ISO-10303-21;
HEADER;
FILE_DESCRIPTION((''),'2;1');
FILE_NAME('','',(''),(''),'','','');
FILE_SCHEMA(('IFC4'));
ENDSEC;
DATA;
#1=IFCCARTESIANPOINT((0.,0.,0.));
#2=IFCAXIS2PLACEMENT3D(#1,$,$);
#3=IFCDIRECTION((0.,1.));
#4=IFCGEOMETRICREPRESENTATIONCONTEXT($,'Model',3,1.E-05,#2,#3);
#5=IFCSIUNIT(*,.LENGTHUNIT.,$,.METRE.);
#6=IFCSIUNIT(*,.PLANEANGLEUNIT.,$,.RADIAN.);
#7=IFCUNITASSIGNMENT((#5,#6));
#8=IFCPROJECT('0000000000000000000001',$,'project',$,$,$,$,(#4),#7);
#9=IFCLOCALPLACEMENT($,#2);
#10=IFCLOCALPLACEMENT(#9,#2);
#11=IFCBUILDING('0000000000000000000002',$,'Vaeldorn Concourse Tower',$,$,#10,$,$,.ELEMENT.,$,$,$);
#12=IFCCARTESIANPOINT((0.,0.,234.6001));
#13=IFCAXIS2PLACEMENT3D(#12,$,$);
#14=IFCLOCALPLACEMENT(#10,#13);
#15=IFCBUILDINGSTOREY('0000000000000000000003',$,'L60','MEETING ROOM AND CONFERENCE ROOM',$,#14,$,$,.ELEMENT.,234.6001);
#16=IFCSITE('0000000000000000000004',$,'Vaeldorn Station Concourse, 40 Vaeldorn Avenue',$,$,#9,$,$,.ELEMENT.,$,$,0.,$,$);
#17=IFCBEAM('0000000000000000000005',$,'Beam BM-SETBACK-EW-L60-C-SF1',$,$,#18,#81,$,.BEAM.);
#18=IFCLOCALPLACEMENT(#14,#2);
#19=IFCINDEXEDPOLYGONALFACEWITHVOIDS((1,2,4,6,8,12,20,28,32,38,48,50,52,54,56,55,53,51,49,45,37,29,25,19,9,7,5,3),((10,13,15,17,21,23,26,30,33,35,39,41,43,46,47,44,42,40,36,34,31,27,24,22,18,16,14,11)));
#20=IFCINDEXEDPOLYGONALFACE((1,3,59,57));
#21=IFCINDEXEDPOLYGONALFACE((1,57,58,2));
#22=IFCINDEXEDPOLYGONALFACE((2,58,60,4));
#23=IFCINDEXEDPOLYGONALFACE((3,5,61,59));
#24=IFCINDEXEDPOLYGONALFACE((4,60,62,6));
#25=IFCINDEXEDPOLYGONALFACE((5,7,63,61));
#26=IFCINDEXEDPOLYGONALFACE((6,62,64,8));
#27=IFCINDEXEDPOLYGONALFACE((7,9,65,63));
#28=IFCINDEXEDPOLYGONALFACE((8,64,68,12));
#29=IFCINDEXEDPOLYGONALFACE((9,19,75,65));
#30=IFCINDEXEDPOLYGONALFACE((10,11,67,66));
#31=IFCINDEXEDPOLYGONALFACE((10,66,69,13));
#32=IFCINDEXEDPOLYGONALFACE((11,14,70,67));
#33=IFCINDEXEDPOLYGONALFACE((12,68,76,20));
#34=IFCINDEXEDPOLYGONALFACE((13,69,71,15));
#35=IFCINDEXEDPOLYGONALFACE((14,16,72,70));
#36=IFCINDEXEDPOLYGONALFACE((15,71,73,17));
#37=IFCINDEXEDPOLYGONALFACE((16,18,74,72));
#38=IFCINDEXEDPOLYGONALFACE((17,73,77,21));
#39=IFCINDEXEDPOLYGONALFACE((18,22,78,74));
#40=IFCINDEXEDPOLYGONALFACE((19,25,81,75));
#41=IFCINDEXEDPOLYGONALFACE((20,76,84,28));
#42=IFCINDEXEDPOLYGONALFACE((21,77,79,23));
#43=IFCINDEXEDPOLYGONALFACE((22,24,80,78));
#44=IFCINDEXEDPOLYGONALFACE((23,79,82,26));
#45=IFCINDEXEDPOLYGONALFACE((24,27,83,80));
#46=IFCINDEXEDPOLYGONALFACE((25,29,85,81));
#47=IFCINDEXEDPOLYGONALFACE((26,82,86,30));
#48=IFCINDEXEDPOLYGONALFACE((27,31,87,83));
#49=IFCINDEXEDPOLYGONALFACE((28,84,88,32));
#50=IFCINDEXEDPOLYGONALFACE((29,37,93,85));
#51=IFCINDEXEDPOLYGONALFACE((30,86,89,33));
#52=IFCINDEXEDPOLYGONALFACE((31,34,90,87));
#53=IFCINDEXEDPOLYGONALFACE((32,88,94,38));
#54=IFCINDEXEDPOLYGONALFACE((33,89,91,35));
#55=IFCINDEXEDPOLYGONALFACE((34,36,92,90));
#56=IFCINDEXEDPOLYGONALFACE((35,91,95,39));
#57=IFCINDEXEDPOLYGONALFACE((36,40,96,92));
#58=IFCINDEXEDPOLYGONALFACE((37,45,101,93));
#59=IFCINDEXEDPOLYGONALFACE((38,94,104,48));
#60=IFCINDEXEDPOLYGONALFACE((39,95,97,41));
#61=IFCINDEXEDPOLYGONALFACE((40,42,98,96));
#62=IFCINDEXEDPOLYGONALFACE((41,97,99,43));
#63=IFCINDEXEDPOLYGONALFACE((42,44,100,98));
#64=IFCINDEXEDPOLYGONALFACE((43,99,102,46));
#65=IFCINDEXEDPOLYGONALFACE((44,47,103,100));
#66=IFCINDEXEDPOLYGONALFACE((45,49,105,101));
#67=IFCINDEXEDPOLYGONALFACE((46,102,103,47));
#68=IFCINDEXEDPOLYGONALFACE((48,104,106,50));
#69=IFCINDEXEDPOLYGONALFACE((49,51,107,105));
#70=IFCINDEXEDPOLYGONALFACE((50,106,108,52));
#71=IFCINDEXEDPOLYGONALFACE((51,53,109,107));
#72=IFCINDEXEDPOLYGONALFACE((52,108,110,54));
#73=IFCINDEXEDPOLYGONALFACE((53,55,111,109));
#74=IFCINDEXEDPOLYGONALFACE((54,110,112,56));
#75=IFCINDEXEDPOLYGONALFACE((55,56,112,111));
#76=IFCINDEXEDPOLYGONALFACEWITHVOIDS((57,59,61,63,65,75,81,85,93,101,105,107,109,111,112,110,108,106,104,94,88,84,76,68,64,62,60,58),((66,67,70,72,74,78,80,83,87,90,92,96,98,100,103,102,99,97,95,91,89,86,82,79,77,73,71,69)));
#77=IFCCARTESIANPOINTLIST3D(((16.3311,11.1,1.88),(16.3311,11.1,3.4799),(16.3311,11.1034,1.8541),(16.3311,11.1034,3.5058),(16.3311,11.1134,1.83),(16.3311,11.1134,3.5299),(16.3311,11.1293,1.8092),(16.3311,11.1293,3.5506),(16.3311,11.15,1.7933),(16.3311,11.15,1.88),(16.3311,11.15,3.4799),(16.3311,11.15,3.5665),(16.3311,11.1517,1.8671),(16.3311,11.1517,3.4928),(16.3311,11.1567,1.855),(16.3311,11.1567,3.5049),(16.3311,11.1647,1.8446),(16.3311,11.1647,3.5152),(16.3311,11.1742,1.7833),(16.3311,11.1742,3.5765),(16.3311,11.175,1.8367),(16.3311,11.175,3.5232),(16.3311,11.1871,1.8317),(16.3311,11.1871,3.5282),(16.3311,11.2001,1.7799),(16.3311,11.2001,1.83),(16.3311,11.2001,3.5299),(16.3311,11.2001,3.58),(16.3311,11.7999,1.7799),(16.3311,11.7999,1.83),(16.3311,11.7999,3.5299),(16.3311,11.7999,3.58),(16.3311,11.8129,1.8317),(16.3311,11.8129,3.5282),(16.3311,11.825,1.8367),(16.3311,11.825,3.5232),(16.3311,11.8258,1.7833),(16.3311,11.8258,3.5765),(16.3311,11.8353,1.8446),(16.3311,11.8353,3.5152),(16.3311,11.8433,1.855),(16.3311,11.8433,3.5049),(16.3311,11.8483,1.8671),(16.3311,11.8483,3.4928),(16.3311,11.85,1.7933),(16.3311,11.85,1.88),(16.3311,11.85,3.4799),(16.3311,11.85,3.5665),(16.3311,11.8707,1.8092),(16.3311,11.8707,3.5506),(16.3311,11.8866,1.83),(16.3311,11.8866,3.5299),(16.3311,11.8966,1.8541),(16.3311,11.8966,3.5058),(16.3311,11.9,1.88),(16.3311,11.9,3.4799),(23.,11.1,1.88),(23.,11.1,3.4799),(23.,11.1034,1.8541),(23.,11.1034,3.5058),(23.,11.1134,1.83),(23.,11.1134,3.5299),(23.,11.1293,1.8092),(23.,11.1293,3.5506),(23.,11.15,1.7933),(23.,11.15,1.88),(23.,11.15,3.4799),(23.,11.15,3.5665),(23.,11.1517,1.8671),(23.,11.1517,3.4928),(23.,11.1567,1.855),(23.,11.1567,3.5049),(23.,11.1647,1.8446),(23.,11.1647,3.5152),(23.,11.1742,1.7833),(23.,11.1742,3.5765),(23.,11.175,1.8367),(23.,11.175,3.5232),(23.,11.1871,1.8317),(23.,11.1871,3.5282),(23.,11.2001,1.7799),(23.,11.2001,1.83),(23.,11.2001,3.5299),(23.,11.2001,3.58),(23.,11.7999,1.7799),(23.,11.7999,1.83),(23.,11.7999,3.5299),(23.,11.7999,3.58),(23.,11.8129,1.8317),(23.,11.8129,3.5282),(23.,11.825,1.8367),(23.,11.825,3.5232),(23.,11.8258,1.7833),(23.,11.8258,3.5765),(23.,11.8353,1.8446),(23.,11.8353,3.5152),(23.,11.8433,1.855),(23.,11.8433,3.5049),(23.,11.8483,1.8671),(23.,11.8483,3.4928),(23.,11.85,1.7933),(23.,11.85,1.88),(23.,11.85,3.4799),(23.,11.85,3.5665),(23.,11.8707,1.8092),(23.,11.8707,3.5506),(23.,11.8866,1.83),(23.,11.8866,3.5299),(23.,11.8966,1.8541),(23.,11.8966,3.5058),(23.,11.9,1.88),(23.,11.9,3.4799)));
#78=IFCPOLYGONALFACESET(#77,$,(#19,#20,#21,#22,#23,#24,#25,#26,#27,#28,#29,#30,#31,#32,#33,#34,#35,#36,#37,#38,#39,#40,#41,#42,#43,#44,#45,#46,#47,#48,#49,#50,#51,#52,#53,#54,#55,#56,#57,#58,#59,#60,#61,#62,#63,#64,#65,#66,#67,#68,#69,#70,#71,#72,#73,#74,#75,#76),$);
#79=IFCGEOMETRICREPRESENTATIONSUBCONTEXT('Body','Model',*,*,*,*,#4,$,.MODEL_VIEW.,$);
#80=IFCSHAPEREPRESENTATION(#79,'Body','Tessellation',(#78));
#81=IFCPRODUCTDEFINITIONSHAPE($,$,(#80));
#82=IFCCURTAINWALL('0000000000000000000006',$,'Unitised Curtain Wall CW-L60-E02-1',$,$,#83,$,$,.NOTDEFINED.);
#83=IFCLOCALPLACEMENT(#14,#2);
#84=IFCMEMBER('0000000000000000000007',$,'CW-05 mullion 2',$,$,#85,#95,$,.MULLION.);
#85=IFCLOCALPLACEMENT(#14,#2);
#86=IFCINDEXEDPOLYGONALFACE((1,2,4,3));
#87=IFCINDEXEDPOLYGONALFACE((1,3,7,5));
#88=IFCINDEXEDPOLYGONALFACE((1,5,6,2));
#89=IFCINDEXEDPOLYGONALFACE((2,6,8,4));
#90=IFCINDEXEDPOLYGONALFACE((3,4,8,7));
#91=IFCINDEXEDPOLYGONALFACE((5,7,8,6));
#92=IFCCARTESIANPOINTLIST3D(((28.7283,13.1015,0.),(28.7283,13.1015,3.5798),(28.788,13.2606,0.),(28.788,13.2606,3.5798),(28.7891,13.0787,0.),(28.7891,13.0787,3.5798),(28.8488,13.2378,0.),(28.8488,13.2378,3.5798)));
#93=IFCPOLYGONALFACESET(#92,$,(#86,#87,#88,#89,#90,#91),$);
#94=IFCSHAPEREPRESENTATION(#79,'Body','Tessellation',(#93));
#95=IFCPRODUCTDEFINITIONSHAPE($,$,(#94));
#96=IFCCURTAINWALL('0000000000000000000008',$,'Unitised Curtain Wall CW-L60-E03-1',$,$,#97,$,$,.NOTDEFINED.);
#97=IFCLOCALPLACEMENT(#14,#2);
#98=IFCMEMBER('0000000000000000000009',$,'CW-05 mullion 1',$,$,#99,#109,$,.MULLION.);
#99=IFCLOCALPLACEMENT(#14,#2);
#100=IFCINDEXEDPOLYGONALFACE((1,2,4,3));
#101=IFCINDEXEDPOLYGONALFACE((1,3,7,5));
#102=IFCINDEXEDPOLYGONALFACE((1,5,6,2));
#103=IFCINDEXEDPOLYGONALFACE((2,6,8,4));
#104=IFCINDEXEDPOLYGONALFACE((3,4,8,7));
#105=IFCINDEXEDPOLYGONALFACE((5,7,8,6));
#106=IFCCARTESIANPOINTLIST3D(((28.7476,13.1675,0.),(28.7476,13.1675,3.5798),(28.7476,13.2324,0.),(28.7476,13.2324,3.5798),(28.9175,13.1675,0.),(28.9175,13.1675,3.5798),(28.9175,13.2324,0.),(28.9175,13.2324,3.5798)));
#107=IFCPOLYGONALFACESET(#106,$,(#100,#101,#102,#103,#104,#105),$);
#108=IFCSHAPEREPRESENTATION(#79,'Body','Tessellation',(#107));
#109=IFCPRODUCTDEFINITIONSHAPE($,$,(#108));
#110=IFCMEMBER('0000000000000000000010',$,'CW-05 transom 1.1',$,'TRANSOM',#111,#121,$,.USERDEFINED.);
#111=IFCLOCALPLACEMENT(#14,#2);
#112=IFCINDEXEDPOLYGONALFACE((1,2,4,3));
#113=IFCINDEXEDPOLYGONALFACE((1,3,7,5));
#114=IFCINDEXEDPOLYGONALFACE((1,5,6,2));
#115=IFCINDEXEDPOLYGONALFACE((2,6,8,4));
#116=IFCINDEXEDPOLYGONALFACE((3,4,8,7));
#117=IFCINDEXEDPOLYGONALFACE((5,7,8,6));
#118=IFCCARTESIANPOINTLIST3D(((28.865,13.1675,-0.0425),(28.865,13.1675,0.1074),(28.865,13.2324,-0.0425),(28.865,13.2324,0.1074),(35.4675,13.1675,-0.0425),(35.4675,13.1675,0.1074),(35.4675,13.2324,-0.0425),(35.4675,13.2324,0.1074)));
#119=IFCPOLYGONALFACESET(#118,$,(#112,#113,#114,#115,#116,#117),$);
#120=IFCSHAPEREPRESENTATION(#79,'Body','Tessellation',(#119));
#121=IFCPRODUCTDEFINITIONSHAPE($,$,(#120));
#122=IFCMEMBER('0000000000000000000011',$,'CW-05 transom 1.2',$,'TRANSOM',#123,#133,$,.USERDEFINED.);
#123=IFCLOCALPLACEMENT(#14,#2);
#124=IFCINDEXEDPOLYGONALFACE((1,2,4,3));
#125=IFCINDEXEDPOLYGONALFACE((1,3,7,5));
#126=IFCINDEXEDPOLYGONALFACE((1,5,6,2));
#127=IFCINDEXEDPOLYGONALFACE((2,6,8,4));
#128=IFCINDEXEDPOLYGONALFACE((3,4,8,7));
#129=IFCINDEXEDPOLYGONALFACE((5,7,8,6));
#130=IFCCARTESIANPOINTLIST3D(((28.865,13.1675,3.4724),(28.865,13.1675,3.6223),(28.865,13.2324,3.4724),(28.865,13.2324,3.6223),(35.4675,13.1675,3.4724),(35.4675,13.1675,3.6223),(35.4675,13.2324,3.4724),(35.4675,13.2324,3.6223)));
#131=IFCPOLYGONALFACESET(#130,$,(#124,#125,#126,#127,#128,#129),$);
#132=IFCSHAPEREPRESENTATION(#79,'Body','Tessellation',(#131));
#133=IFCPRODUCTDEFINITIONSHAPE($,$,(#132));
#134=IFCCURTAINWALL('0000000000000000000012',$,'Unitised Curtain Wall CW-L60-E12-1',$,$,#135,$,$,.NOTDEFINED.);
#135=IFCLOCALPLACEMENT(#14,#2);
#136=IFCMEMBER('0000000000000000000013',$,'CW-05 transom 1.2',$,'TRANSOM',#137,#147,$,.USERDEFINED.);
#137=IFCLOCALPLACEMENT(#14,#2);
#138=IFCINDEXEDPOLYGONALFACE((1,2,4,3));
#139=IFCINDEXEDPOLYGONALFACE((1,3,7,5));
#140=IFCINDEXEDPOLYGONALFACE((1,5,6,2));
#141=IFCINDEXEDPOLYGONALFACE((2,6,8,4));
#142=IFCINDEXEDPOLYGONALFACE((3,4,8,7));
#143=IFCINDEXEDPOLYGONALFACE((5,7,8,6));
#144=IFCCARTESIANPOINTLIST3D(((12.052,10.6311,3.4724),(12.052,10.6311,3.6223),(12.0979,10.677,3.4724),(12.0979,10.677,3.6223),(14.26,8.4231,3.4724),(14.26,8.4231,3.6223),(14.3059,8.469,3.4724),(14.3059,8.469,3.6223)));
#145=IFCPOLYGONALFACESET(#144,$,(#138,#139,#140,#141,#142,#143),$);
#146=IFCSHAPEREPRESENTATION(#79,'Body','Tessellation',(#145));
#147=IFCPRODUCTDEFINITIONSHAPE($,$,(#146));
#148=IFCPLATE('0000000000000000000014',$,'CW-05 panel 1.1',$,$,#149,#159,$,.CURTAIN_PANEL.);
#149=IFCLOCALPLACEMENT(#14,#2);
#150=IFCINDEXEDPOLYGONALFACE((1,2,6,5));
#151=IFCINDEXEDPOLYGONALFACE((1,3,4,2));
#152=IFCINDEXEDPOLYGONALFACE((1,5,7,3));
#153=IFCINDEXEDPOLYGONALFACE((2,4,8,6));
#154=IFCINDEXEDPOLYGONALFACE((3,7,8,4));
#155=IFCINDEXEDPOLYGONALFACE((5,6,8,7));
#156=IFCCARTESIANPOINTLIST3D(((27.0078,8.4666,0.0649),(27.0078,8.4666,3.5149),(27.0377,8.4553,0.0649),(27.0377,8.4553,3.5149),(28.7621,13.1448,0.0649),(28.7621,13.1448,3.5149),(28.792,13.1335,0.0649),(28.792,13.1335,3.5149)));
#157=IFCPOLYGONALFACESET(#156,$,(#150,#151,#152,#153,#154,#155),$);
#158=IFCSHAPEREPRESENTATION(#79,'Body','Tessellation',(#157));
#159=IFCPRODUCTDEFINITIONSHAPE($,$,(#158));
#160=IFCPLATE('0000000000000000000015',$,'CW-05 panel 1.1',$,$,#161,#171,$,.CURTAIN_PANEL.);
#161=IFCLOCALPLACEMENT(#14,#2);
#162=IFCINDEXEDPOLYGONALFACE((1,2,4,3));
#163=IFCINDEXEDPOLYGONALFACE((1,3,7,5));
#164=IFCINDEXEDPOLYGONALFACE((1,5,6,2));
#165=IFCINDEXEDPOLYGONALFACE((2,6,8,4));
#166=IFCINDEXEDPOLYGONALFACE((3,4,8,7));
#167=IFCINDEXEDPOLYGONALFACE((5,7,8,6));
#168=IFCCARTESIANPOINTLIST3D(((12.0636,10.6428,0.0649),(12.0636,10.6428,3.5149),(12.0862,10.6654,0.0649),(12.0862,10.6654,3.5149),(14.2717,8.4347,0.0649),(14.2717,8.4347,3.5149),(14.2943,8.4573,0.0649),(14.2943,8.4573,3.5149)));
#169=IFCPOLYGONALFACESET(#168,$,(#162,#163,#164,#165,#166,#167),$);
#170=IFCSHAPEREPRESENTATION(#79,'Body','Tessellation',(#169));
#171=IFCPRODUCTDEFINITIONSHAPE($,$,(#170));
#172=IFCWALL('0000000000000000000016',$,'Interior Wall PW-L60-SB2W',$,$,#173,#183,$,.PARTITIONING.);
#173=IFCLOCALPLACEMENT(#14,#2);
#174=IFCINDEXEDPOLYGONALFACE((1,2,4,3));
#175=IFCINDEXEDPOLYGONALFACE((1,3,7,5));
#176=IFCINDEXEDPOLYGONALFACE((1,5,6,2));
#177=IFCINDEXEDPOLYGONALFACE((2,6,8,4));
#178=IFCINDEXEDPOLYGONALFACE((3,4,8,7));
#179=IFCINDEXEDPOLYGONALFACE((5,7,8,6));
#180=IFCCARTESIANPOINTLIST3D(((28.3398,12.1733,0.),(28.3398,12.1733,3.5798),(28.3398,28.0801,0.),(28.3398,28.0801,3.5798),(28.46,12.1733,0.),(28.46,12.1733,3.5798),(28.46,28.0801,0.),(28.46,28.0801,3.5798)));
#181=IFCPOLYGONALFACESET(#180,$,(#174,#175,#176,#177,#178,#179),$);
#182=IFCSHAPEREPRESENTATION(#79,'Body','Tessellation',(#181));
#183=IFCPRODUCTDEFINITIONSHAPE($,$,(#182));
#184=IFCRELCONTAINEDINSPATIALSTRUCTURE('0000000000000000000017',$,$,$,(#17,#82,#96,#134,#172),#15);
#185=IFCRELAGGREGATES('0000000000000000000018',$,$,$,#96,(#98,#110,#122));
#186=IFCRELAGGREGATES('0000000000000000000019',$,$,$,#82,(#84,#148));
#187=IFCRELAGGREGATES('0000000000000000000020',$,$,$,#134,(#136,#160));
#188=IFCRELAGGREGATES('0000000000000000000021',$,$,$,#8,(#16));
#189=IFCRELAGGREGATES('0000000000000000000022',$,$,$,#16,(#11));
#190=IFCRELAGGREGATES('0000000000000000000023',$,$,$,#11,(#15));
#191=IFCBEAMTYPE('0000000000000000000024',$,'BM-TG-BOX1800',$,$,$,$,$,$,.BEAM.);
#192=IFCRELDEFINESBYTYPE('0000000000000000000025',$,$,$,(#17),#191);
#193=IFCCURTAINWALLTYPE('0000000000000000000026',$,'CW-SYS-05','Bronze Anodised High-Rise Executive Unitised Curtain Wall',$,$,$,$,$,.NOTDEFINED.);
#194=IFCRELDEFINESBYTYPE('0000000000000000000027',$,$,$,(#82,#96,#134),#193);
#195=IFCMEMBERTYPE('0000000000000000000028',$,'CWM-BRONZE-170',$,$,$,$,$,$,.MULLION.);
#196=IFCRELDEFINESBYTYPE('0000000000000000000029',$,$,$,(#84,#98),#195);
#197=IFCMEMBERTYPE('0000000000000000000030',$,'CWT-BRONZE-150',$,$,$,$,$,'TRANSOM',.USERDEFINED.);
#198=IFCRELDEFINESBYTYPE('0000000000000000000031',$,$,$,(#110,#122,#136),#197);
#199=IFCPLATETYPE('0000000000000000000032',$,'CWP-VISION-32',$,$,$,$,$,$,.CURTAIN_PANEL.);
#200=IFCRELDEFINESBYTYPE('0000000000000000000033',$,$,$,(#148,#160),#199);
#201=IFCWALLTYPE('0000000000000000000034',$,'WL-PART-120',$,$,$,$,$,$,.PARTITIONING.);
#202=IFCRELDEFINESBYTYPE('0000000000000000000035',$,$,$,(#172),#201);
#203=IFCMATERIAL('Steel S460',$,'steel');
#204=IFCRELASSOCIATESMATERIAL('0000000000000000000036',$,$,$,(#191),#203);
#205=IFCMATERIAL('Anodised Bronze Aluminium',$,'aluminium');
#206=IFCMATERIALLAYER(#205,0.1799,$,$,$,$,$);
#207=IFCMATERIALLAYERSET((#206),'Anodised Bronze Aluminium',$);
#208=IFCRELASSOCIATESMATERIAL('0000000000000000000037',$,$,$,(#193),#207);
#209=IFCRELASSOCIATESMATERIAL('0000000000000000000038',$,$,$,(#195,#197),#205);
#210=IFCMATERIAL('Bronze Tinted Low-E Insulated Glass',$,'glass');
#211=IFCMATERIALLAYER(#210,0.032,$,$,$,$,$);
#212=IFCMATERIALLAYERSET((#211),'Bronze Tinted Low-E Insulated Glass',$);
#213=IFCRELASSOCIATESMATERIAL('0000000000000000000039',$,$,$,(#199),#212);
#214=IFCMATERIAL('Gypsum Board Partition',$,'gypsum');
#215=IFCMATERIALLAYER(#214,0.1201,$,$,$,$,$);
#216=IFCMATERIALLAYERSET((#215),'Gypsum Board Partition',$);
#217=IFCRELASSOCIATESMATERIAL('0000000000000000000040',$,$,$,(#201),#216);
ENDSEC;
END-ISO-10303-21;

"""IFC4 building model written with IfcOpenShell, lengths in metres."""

from ifc_helpers import new_model, si_unit, direction, frame, frame_2d, origin, origin_2d, place, context, subcontext, project, spatial, rectangle, hollow_rectangle, extrude, source, transform, mapped, material, layer, layer_set, material_profile, profile_set, type_object, element, aggregate, save


model = new_model("IFC4")

# Units and contexts
model_context = context("Model", 3, precision=1e-05, world=origin(), true_north=direction((0.0, 1.0)))
body_context = subcontext(model_context, "Body", "Model", "MODEL_VIEW")
ifc_project = project(units=[si_unit("LENGTHUNIT", "METRE"), si_unit("PLANEANGLEUNIT", "RADIAN")], contexts=[model_context])

# Site, building, storey
site_placement = place(None, origin())
site = spatial("IfcSite", under=ifc_project, at=site_placement, Name="Vaeldorn Station Concourse, 40 Vaeldorn Avenue", CompositionType="ELEMENT", RefElevation=0.0)
building_placement = place(site_placement, origin())
building = spatial("IfcBuilding", under=site, at=building_placement, Name="Vaeldorn Concourse Tower", CompositionType="ELEMENT")
storey_placement = place(building_placement, frame((0.0, 0.0, 234.6001)))
storey = spatial("IfcBuildingStorey", under=building, at=storey_placement, Name="L60", Description="MEETING ROOM AND CONFERENCE ROOM", CompositionType="ELEMENT", Elevation=234.6001)

# Beam
ifc_material_1 = material(Name="Steel S460", Category="steel")
ifc_material_profile_1 = material_profile(ifc_material_1, hollow_rectangle(XDim=0.8, YDim=1.8, WallThickness=0.05, InnerFilletRadius=0.05, OuterFilletRadius=0.1001, at=origin_2d()), Name="RHS 1800x800x50")
ifc_profile_set_1 = profile_set([ifc_material_profile_1], Name="Steel S460")
beam_type_1 = type_object("IfcBeamType", Name="BM-TG-BOX1800", PredefinedType="BEAM", material=ifc_profile_set_1)
shared_shape_1 = source(origin(), body_context, "Body", "SweptSolid", [
    extrude(hollow_rectangle(XDim=0.8, YDim=1.8, WallThickness=0.05, InnerFilletRadius=0.05, OuterFilletRadius=0.1001, at=origin_2d()), origin(), (0.0, 0.0, 1.0), 6.6689),
])
beam_1_placement = place(storey_placement, frame((16.3311, 11.5, 2.6799), z_axis=(1.0, 0.0, 0.0), x_axis=(0.0, 1.0, 0.0)))
element("IfcBeam", 1, at=beam_1_placement, inside=storey, type_object=beam_type_1, Name="Beam BM-SETBACK-EW-L60-C-SF1", PredefinedType="BEAM", context=body_context, shape_type="MappedRepresentation", body=[
    mapped(shared_shape_1, transform((0.0, 0.0, 0.0), scale=1.0)),
])

# Curtain wall, member
ifc_material_2 = material(Name="Anodised Bronze Aluminium", Category="aluminium")
ifc_layer_1 = layer(ifc_material_2, 0.1799)
ifc_layer_set_1 = layer_set([ifc_layer_1], Name="Anodised Bronze Aluminium")
curtain_wall_type = type_object("IfcCurtainWallType", Name="CW-SYS-05", Description="Bronze Anodised High-Rise Executive Unitised Curtain Wall", PredefinedType="NOTDEFINED", material=ifc_layer_set_1)
curtain_wall_1_placement = place(storey_placement, origin())
curtain_wall_1 = element("IfcCurtainWall", 2, at=curtain_wall_1_placement, inside=storey, type_object=curtain_wall_type, Name="Unitised Curtain Wall CW-L60-E02-1", PredefinedType="NOTDEFINED")
ifc_material_profile_2 = material_profile(ifc_material_2, rectangle(XDim=0.0649, YDim=0.1699, at=origin_2d()), Name="CWM 65x170")
ifc_profile_set_2 = profile_set([ifc_material_profile_2], Name="Anodised Bronze Aluminium")
member_type_1 = type_object("IfcMemberType", Name="CWM-BRONZE-170", PredefinedType="MULLION", material=ifc_profile_set_2)
shared_shape_2 = source(origin(), body_context, "Body", "SweptSolid", [
    extrude(rectangle(XDim=0.0649, YDim=0.1699, at=origin_2d()), origin(), (0.0, 0.0, 1.0), 3.5798),
])
member_1_placement = place(storey_placement, frame((28.7886, 13.1697, 0.0), z_axis=(0.0, 0.0, 1.0), x_axis=(-0.936329, 0.351123, 0.0)))
member_1 = element("IfcMember", 3, at=member_1_placement, type_object=member_type_1, Name="CW-05 mullion 2", PredefinedType="MULLION", context=body_context, shape_type="MappedRepresentation", body=[
    mapped(shared_shape_2, transform((0.0, 0.0, 0.0), scale=1.0)),
])

# Curtain wall, members
curtain_wall_2_placement = place(storey_placement, origin())
curtain_wall_2 = element("IfcCurtainWall", 4, at=curtain_wall_2_placement, inside=storey, type_object=curtain_wall_type, Name="Unitised Curtain Wall CW-L60-E03-1", PredefinedType="NOTDEFINED")
member_2_placement = place(storey_placement, frame((28.8325, 13.2, 0.0), z_axis=(0.0, 0.0, 1.0), x_axis=(0.0, 1.0, 0.0)))
member_2 = element("IfcMember", 5, at=member_2_placement, type_object=member_type_1, Name="CW-05 mullion 1", PredefinedType="MULLION", context=body_context, shape_type="MappedRepresentation", body=[
    mapped(shared_shape_2, transform((0.0, 0.0, 0.0), scale=1.0)),
])
ifc_material_profile_3 = material_profile(ifc_material_2, rectangle(XDim=0.0649, YDim=0.1499, at=origin_2d()), Name="CWT 65x150")
ifc_profile_set_3 = profile_set([ifc_material_profile_3], Name="Anodised Bronze Aluminium")
member_type_2 = type_object("IfcMemberType", Name="CWT-BRONZE-150", ElementType="TRANSOM", PredefinedType="USERDEFINED", material=ifc_profile_set_3)
shared_shape_3 = source(origin(), body_context, "Body", "SweptSolid", [
    extrude(rectangle(XDim=0.0649, YDim=0.1499, at=origin_2d()), origin(), (0.0, 0.0, 1.0), 6.6025),
])
member_3_placement = place(storey_placement, frame((28.865, 13.2, 0.0325), z_axis=(1.0, 0.0, 0.0), x_axis=(0.0, 1.0, 0.0)))
member_3 = element("IfcMember", 6, at=member_3_placement, type_object=member_type_2, Name="CW-05 transom 1.1", ObjectType="TRANSOM", PredefinedType="USERDEFINED", context=body_context, shape_type="MappedRepresentation", body=[
    mapped(shared_shape_3, transform((0.0, 0.0, 0.0), scale=1.0)),
])
member_4_placement = place(storey_placement, frame((28.865, 13.2, 3.5474), z_axis=(1.0, 0.0, 0.0), x_axis=(0.0, 1.0, 0.0)))
member_4 = element("IfcMember", 7, at=member_4_placement, type_object=member_type_2, Name="CW-05 transom 1.2", ObjectType="TRANSOM", PredefinedType="USERDEFINED", context=body_context, shape_type="MappedRepresentation", body=[
    mapped(shared_shape_3, transform((0.0, 0.0, 0.0), scale=1.0)),
])
aggregate(curtain_wall_2, [member_2, member_3, member_4])

# Curtain wall, member
curtain_wall_3_placement = place(storey_placement, origin())
curtain_wall_3 = element("IfcCurtainWall", 8, at=curtain_wall_3_placement, inside=storey, type_object=curtain_wall_type, Name="Unitised Curtain Wall CW-L60-E12-1", PredefinedType="NOTDEFINED")
shared_shape_4 = source(origin(), body_context, "Body", "SweptSolid", [
    extrude(rectangle(XDim=0.0649, YDim=0.1499, at=origin_2d()), origin(), (0.0, 0.0, 1.0), 3.1226),
])
member_5_placement = place(storey_placement, frame((12.075, 10.6541, 3.5474), z_axis=(0.707107, -0.707107, 0.0), x_axis=(0.707107, 0.707107, 0.0)))
member_5 = element("IfcMember", 9, at=member_5_placement, type_object=member_type_2, Name="CW-05 transom 1.2", ObjectType="TRANSOM", PredefinedType="USERDEFINED", context=body_context, shape_type="MappedRepresentation", body=[
    mapped(shared_shape_4, transform((0.0, 0.0, 0.0), scale=1.0)),
])

# Plates
ifc_material_3 = material(Name="Bronze Tinted Low-E Insulated Glass", Category="glass")
ifc_layer_2 = layer(ifc_material_3, 0.032)
ifc_layer_set_2 = layer_set([ifc_layer_2], Name="Bronze Tinted Low-E Insulated Glass")
plate_type = type_object("IfcPlateType", Name="CWP-VISION-32", PredefinedType="CURTAIN_PANEL", material=ifc_layer_set_2)
shared_shape_5 = source(origin(), body_context, "Body", "SweptSolid", [
    extrude(rectangle(XDim=4.9963, YDim=0.032, at=origin_2d()), origin(), (0.0, 0.0, 1.0), 3.45),
])
plate_1_placement = place(storey_placement, frame((27.8999, 10.8, 0.0649), z_axis=(0.0, 0.0, 1.0), x_axis=(0.351123, 0.936329, 0.0)))
plate_1 = element("IfcPlate", 10, at=plate_1_placement, type_object=plate_type, Name="CW-05 panel 1.1", PredefinedType="CURTAIN_PANEL", context=body_context, shape_type="MappedRepresentation", body=[
    mapped(shared_shape_5, transform((0.0, 0.0, 0.0), scale=1.0)),
])
aggregate(curtain_wall_1, [member_1, plate_1])
shared_shape_6 = source(origin(), body_context, "Body", "SweptSolid", [
    extrude(rectangle(XDim=3.1228, YDim=0.032, at=origin_2d()), origin(), (0.0, 0.0, 1.0), 3.45),
])
plate_2_placement = place(storey_placement, frame((13.179, 9.55, 0.0649), z_axis=(0.0, 0.0, 1.0), x_axis=(0.707107, -0.707107, 0.0)))
plate_2 = element("IfcPlate", 11, at=plate_2_placement, type_object=plate_type, Name="CW-05 panel 1.1", PredefinedType="CURTAIN_PANEL", context=body_context, shape_type="MappedRepresentation", body=[
    mapped(shared_shape_6, transform((0.0, 0.0, 0.0), scale=1.0)),
])
aggregate(curtain_wall_3, [member_5, plate_2])

# Wall
ifc_material_4 = material(Name="Gypsum Board Partition", Category="gypsum")
ifc_layer_3 = layer(ifc_material_4, 0.1201)
ifc_layer_set_3 = layer_set([ifc_layer_3], Name="Gypsum Board Partition")
wall_type = type_object("IfcWallType", Name="WL-PART-120", PredefinedType="PARTITIONING", material=ifc_layer_set_3)
wall_placement = place(storey_placement, frame((28.3999, 12.1733, 0.0), z_axis=(0.0, 0.0, 1.0), x_axis=(0.0, 1.0, 0.0)))
element("IfcWall", 12, at=wall_placement, inside=storey, type_object=wall_type, Name="Interior Wall PW-L60-SB2W", PredefinedType="PARTITIONING", context=body_context, shape_type="SweptSolid", body=[
    extrude(rectangle(XDim=15.9067, YDim=0.1201, at=frame_2d((7.9534, 0.0))), origin(), (0.0, 0.0, 1.0), 3.5798),
])

save(model, "model.ifc")
